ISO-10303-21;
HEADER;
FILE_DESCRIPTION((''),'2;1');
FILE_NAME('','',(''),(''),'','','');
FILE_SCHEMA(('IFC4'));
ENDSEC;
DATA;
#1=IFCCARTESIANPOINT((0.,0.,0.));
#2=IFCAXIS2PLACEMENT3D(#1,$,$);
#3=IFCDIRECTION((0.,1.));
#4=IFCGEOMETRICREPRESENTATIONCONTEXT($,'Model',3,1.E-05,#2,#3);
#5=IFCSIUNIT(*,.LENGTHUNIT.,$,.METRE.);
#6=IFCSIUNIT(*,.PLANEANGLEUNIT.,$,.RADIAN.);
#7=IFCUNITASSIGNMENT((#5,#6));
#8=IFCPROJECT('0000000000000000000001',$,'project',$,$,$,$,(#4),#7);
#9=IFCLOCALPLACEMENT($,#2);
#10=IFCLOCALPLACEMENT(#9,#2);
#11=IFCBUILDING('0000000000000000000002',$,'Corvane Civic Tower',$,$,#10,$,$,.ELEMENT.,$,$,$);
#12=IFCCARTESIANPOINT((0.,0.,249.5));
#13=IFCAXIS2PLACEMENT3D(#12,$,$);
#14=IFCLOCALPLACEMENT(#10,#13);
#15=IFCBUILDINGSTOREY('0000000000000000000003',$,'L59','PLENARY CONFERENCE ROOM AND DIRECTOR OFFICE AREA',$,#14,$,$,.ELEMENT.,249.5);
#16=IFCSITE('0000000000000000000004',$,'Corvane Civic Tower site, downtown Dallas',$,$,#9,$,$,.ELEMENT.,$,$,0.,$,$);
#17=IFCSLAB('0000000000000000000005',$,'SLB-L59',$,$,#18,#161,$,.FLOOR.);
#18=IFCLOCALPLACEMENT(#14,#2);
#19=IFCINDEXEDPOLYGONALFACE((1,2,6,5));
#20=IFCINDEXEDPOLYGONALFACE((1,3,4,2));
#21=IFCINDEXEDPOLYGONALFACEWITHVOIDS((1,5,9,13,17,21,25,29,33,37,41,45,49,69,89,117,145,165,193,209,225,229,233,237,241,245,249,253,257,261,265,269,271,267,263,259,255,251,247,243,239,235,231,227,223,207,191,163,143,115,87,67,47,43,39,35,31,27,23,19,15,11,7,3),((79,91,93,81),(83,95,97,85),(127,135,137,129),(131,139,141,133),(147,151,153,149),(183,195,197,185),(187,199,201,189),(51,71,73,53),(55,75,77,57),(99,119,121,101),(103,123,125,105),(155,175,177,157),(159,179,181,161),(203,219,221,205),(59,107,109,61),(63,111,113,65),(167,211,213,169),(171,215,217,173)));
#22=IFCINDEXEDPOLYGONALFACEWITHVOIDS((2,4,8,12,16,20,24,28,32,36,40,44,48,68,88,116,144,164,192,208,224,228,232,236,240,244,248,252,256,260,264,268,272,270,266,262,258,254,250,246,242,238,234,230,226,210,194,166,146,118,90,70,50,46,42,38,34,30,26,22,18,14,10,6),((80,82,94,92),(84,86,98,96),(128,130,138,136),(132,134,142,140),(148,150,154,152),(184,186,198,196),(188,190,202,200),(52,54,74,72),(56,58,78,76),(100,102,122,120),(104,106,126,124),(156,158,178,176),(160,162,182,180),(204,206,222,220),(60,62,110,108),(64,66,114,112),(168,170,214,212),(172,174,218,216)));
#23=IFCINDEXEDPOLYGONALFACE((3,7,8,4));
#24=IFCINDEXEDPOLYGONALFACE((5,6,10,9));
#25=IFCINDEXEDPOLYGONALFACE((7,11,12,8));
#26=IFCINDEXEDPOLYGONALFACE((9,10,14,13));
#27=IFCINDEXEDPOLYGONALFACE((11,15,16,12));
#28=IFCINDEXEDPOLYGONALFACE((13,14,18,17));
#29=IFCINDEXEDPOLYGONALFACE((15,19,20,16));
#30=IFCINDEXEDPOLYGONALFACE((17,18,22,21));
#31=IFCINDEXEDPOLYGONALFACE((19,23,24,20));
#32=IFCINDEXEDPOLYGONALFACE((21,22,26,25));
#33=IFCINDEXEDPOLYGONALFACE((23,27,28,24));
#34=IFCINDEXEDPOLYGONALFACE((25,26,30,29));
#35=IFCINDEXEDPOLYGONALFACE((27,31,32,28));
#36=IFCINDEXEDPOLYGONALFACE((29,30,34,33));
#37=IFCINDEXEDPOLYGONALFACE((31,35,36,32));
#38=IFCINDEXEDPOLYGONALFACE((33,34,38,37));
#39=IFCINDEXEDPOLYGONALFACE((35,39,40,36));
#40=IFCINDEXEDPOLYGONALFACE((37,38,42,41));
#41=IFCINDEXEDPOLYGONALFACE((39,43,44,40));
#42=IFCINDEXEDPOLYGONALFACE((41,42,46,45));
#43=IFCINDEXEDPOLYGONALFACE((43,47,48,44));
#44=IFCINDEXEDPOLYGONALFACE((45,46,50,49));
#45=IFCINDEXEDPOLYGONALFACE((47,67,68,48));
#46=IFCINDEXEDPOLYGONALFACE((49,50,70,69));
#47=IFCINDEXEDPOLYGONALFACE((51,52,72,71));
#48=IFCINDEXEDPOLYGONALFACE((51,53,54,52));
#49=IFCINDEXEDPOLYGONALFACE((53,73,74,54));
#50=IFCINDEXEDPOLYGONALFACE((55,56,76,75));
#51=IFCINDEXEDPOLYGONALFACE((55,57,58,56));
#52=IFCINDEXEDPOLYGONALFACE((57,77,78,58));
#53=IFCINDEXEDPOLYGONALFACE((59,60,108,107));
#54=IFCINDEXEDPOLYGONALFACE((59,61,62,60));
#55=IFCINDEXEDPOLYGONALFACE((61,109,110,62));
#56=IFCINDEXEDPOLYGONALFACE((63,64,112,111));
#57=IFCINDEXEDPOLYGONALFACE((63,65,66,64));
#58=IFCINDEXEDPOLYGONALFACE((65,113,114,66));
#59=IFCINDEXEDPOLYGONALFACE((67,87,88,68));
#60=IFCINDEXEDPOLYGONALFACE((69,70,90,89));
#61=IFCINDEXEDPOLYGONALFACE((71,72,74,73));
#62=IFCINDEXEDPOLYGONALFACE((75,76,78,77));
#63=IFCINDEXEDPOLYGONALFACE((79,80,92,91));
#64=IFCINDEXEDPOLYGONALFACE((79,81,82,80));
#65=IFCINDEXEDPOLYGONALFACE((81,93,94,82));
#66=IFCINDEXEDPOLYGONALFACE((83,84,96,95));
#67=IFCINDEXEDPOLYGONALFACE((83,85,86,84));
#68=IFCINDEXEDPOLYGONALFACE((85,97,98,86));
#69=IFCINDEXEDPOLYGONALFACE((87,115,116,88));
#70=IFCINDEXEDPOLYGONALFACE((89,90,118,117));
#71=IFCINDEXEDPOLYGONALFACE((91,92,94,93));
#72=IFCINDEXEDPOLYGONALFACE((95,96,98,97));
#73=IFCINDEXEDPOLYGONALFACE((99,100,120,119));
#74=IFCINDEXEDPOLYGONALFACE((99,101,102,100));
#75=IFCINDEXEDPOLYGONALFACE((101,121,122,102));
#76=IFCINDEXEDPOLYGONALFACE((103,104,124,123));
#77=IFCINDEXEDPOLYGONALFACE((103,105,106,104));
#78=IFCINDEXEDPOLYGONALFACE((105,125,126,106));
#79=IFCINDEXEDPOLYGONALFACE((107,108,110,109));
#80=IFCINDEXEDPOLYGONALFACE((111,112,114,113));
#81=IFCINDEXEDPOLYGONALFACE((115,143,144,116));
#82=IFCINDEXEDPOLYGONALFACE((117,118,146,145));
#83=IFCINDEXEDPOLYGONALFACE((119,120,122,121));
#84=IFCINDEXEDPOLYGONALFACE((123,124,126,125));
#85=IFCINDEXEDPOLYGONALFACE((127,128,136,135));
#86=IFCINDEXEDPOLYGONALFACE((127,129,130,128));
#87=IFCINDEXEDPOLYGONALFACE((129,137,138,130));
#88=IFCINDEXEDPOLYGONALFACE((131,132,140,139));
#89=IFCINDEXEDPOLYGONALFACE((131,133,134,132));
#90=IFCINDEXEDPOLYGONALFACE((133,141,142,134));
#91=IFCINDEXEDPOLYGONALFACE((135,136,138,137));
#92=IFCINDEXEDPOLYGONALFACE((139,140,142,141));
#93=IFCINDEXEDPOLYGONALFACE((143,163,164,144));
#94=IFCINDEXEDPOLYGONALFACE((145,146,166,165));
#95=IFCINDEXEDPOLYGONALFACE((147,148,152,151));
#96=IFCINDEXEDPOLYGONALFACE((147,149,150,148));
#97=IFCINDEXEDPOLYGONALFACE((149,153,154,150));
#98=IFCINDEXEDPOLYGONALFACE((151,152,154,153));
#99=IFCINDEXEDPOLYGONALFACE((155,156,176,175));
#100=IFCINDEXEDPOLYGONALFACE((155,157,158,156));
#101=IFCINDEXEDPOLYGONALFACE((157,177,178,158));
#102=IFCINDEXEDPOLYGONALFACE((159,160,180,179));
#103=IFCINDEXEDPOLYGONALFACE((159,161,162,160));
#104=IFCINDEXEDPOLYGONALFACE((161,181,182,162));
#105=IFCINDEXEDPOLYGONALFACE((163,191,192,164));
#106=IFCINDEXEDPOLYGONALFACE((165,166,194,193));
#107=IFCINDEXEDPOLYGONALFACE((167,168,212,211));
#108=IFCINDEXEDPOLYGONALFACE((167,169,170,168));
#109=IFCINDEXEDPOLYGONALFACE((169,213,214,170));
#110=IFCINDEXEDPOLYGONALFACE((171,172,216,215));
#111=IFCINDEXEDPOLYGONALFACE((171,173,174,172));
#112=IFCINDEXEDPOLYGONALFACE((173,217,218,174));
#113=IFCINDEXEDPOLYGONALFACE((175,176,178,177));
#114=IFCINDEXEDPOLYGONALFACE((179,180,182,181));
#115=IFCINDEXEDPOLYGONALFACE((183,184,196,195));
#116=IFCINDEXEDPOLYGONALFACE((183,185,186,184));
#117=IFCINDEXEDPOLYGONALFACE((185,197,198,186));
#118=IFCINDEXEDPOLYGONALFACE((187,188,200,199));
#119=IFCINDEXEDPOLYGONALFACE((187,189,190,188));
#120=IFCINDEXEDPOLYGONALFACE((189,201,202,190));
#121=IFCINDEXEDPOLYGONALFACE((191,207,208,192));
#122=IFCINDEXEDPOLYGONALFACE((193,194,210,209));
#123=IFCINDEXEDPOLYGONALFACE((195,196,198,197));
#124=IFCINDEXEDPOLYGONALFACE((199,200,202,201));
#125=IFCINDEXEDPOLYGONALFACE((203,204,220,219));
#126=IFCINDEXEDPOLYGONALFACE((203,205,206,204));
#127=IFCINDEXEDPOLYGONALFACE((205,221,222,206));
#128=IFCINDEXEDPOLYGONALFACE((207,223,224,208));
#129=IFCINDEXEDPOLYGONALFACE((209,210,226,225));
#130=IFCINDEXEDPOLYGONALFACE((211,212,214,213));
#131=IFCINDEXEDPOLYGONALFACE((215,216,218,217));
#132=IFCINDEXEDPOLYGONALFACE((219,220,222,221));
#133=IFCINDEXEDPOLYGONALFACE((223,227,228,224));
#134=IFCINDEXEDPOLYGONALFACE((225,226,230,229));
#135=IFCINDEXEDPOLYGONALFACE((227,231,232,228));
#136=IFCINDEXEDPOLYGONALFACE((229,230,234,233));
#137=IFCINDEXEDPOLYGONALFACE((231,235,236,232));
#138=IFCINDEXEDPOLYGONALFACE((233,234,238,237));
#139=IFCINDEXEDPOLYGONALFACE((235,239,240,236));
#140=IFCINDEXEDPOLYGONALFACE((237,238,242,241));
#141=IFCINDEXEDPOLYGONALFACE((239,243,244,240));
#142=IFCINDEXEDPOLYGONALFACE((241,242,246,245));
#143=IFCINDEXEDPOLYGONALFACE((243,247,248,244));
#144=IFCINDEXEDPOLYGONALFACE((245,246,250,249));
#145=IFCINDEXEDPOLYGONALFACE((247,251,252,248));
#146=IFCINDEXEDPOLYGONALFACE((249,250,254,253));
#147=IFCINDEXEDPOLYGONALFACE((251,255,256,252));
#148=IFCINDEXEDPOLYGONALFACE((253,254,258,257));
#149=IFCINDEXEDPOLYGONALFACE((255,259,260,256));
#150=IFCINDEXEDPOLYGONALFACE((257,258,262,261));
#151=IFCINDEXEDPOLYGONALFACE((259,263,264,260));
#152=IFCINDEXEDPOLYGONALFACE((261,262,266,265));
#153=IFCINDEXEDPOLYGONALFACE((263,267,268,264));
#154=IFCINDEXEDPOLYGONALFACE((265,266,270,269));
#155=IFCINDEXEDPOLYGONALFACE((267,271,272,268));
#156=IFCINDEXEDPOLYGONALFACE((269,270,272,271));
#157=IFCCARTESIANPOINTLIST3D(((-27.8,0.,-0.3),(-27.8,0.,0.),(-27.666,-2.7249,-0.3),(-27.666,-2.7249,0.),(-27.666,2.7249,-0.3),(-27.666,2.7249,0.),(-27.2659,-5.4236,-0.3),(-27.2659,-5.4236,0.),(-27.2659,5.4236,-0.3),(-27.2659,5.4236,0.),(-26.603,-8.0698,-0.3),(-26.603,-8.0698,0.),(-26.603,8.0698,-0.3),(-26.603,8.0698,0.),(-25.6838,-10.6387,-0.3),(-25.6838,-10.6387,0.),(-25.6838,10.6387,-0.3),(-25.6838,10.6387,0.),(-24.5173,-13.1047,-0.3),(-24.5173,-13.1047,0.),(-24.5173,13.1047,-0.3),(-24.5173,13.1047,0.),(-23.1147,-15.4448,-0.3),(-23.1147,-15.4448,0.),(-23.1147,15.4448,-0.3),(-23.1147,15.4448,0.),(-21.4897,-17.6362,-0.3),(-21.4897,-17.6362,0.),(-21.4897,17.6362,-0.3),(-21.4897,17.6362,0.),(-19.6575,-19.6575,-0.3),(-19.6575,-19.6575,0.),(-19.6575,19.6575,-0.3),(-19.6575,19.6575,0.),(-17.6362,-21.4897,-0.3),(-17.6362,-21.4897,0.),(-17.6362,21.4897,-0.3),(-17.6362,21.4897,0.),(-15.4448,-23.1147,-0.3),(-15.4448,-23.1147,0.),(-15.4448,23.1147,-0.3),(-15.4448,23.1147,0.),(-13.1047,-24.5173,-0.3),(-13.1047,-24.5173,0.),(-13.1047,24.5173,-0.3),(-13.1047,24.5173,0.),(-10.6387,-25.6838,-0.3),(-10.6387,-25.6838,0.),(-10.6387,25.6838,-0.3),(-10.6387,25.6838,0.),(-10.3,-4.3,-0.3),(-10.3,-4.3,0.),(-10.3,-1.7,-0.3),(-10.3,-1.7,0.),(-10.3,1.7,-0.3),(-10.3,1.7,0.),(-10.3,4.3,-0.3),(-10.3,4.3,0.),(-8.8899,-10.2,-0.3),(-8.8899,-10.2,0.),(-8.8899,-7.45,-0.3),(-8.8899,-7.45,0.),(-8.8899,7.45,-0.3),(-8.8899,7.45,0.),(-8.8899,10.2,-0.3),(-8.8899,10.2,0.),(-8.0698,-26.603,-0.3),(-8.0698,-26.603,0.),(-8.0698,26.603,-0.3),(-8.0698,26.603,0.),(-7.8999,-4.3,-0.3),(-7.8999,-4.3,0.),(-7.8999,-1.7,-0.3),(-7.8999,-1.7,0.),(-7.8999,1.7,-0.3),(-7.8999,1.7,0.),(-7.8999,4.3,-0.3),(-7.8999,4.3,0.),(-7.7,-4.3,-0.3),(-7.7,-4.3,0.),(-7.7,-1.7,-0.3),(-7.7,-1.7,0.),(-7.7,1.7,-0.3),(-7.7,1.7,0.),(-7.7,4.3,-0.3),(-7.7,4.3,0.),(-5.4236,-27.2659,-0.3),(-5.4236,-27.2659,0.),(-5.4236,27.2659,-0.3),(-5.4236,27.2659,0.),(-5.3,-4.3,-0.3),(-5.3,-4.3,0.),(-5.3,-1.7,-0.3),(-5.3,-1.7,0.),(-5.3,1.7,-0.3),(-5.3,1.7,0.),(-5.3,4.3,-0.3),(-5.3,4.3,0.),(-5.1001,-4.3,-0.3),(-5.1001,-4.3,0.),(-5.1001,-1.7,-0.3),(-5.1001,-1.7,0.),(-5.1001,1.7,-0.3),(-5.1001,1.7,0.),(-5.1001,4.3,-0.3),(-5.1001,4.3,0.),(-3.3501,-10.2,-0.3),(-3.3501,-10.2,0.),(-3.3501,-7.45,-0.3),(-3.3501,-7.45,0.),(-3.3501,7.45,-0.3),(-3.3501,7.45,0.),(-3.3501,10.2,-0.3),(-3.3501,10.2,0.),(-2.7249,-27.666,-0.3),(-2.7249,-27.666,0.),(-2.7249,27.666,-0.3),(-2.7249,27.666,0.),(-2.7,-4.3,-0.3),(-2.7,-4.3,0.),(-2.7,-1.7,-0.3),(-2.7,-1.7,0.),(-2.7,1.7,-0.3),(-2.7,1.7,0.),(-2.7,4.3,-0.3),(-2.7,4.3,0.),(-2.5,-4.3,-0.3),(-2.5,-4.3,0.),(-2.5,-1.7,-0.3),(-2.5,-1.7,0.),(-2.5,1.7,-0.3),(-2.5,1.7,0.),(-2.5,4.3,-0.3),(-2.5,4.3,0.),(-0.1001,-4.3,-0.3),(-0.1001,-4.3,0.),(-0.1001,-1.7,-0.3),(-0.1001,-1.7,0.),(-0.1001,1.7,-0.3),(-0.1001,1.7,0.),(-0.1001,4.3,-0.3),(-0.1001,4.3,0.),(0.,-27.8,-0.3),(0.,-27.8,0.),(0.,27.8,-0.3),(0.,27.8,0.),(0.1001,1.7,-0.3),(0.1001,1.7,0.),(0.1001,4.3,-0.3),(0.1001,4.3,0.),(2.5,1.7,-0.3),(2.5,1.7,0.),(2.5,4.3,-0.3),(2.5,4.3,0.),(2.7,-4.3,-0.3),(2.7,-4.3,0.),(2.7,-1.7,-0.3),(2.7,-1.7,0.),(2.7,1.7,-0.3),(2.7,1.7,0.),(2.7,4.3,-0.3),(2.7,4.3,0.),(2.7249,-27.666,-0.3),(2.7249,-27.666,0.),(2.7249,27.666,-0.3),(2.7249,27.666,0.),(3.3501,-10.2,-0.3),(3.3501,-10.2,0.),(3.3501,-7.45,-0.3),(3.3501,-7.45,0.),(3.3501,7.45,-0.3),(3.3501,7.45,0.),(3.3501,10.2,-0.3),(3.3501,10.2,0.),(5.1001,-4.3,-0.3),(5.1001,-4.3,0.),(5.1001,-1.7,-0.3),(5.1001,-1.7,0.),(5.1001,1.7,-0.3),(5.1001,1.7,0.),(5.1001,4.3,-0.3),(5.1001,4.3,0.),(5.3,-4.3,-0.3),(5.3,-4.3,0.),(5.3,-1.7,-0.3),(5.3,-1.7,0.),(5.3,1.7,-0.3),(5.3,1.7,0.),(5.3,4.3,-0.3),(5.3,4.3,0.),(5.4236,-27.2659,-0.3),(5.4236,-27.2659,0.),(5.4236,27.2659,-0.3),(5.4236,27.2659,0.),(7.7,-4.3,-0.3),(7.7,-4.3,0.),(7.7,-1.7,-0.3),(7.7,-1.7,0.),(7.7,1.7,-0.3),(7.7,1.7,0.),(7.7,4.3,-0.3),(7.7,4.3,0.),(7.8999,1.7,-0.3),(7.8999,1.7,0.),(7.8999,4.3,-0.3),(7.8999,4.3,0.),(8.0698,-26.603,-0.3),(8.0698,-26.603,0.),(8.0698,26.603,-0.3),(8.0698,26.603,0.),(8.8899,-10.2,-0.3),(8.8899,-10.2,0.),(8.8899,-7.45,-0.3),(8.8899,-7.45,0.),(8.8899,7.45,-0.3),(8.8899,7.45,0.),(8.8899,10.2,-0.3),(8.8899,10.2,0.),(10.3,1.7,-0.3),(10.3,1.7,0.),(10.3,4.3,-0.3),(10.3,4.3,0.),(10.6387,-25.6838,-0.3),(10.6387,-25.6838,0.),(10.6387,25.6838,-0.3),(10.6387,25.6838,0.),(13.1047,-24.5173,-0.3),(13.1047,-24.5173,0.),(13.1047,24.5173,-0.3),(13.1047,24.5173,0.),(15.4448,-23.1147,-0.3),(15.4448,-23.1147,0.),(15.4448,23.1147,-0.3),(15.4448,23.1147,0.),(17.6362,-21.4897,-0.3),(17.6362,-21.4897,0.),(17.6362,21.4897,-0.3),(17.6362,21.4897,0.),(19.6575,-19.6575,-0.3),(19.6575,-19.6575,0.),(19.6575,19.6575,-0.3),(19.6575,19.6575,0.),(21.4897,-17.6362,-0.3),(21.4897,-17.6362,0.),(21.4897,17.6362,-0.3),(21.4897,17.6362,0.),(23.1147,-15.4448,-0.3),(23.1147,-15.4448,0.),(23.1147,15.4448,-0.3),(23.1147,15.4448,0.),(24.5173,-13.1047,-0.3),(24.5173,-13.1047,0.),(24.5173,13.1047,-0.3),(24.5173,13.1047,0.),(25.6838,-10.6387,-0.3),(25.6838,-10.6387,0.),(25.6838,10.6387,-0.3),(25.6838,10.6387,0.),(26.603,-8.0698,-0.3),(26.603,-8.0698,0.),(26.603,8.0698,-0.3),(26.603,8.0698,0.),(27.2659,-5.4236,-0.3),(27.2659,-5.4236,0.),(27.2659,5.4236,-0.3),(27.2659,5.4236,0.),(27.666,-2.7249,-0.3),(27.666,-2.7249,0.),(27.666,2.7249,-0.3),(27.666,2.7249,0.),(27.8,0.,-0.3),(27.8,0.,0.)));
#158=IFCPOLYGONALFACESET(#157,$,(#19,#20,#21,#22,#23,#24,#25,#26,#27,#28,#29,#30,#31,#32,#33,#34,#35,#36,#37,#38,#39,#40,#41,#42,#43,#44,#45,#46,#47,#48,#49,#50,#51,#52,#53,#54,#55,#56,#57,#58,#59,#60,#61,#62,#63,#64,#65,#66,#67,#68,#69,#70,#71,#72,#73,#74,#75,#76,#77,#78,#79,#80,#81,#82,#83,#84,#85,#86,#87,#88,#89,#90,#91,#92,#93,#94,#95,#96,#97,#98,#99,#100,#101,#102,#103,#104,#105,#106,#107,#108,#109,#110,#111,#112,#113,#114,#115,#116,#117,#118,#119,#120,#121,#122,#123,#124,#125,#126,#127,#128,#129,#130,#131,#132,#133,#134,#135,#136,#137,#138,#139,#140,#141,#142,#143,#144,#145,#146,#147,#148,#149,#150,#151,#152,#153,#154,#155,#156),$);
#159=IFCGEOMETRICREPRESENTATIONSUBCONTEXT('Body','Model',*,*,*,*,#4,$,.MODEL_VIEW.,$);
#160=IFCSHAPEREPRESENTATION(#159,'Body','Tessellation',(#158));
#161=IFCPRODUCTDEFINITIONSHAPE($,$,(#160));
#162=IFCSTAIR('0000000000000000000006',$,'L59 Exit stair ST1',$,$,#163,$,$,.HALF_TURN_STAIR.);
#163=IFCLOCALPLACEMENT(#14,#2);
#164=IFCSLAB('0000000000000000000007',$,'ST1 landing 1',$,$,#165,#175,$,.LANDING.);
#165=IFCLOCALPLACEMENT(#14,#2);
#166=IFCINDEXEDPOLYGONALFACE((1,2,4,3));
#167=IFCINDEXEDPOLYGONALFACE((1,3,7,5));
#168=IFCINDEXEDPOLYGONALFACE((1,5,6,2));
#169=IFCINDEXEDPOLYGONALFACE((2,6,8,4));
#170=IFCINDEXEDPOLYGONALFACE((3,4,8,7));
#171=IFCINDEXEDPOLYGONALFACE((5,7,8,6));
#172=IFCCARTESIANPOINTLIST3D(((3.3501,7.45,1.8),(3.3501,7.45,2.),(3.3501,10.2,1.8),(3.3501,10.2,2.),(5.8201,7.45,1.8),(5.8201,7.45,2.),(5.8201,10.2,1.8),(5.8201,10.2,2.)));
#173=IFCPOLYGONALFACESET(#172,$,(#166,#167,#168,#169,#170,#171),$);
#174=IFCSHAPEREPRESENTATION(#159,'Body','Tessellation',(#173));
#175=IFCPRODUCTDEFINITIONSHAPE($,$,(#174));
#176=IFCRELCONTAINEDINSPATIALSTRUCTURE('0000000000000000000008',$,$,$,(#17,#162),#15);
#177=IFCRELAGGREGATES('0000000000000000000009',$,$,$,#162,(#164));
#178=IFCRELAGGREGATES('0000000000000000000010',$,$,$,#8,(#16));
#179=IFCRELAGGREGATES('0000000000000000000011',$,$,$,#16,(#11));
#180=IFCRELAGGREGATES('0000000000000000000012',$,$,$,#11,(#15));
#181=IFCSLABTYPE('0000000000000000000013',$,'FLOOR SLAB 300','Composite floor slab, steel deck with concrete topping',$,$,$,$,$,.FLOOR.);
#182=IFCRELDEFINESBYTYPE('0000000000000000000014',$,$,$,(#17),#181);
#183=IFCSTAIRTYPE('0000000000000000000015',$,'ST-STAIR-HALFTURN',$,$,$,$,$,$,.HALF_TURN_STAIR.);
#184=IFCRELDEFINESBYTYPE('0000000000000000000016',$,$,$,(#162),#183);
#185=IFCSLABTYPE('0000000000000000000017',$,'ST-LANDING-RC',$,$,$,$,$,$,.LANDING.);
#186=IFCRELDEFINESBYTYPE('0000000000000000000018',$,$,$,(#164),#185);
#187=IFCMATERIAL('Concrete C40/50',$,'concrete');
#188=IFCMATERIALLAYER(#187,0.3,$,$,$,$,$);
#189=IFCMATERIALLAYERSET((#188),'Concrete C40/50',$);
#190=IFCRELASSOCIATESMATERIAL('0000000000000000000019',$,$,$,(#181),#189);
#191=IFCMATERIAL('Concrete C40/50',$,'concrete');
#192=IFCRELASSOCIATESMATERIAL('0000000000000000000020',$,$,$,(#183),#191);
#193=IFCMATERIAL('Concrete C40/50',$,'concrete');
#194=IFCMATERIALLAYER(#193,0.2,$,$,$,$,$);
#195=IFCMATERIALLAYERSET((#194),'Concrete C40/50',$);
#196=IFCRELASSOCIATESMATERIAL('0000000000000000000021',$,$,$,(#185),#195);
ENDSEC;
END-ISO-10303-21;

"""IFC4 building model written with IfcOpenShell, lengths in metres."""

from ifc_helpers import new_model, si_unit, direction, frame, origin, place, context, subcontext, project, spatial, polyline, outline, extrude, material, layer, layer_set, type_object, element, aggregate, save


model = new_model("IFC4")

# Units and contexts
model_context = context("Model", 3, precision=1e-05, world=origin(), true_north=direction((0.0, 1.0)))
body_context = subcontext(model_context, "Body", "Model", "MODEL_VIEW")
ifc_project = project(units=[si_unit("LENGTHUNIT", "METRE"), si_unit("PLANEANGLEUNIT", "RADIAN")], contexts=[model_context])

# Site, building, storey
site_placement = place(None, origin())
site = spatial("IfcSite", under=ifc_project, at=site_placement, Name="Corvane Civic Tower site, downtown Dallas", CompositionType="ELEMENT", RefElevation=0.0)
building_placement = place(site_placement, origin())
building = spatial("IfcBuilding", under=site, at=building_placement, Name="Corvane Civic Tower", CompositionType="ELEMENT")
storey_placement = place(building_placement, frame((0.0, 0.0, 249.5)))
storey = spatial("IfcBuildingStorey", under=building, at=storey_placement, Name="L59", Description="PLENARY CONFERENCE ROOM AND DIRECTOR OFFICE AREA", CompositionType="ELEMENT", Elevation=249.5)

# Slab
ifc_material_1 = material(Name="Concrete C40/50", Category="concrete")
ifc_layer_1 = layer(ifc_material_1, 0.3)
ifc_layer_set_1 = layer_set([ifc_layer_1], Name="Concrete C40/50")
slab_type_1 = type_object("IfcSlabType", Name="FLOOR SLAB 300", Description="Composite floor slab, steel deck with concrete topping", PredefinedType="FLOOR", material=ifc_layer_set_1)
slab_1_placement = place(storey_placement, frame((0.0, 0.0, -0.3)))
element("IfcSlab", 1, at=slab_1_placement, inside=storey, type_object=slab_type_1, Name="SLB-L59", PredefinedType="FLOOR", context=body_context, shape_type="SweptSolid", body=[
    extrude(outline(polyline([(0.0, 27.8), (-2.7249, 27.666), (-5.4236, 27.2659), (-8.0698, 26.603), (-10.6387, 25.6838), (-13.1047, 24.5173), (-15.4448, 23.1147), (-17.6362, 21.4897), (-19.6575, 19.6575), (-21.4897, 17.6362), (-23.1147, 15.4448), (-24.5173, 13.1047), (-25.6838, 10.6387), (-26.603, 8.0698), (-27.2659, 5.4236), (-27.666, 2.7249), (-27.8, 0.0), (-27.666, -2.7249), (-27.2659, -5.4236), (-26.603, -8.0698), (-25.6838, -10.6387), (-24.5173, -13.1047), (-23.1147, -15.4448), (-21.4897, -17.6362), (-19.6575, -19.6575), (-17.6362, -21.4897), (-15.4448, -23.1147), (-13.1047, -24.5173), (-10.6387, -25.6838), (-8.0698, -26.603), (-5.4236, -27.2659), (-2.7249, -27.666), (0.0, -27.8), (2.7249, -27.666), (5.4236, -27.2659), (8.0698, -26.603), (10.6387, -25.6838), (13.1047, -24.5173), (15.4448, -23.1147), (17.6362, -21.4897), (19.6575, -19.6575), (21.4897, -17.6362), (23.1147, -15.4448), (24.5173, -13.1047), (25.6838, -10.6387), (26.603, -8.0698), (27.2659, -5.4236), (27.666, -2.7249), (27.8, 0.0), (27.666, 2.7249), (27.2659, 5.4236), (26.603, 8.0698), (25.6838, 10.6387), (24.5173, 13.1047), (23.1147, 15.4448), (21.4897, 17.6362), (19.6575, 19.6575), (17.6362, 21.4897), (15.4448, 23.1147), (13.1047, 24.5173), (10.6387, 25.6838), (8.0698, 26.603), (5.4236, 27.2659), (2.7249, 27.666), (0.0, 27.8)]), holes=[polyline([(-10.3, 4.3), (-7.8999, 4.3), (-7.8999, 1.7), (-10.3, 1.7), (-10.3, 4.3)]), polyline([(-5.3, 1.7), (-7.7, 1.7), (-7.7, 4.3), (-5.3, 4.3), (-5.3, 1.7)]), polyline([(-5.1001, 4.3), (-2.7, 4.3), (-2.7, 1.7), (-5.1001, 1.7), (-5.1001, 4.3)]), polyline([(-2.5, 4.3), (-0.1001, 4.3), (-0.1001, 1.7), (-2.5, 1.7), (-2.5, 4.3)]), polyline([(0.1001, 4.3), (2.5, 4.3), (2.5, 1.7), (0.1001, 1.7), (0.1001, 4.3)]), polyline([(2.7, 4.3), (5.1001, 4.3), (5.1001, 1.7), (2.7, 1.7), (2.7, 4.3)]), polyline([(5.3, 4.3), (7.7, 4.3), (7.7, 1.7), (5.3, 1.7), (5.3, 4.3)]), polyline([(7.8999, 4.3), (10.3, 4.3), (10.3, 1.7), (7.8999, 1.7), (7.8999, 4.3)]), polyline([(-10.3, -4.3), (-10.3, -1.7), (-7.8999, -1.7), (-7.8999, -4.3), (-10.3, -4.3)]), polyline([(-5.3, -1.7), (-5.3, -4.3), (-7.7, -4.3), (-7.7, -1.7), (-5.3, -1.7)]), polyline([(-5.1001, -4.3), (-5.1001, -1.7), (-2.7, -1.7), (-2.7, -4.3), (-5.1001, -4.3)]), polyline([(-0.1001, -1.7), (-0.1001, -4.3), (-2.5, -4.3), (-2.5, -1.7), (-0.1001, -1.7)]), polyline([(5.1001, -1.7), (5.1001, -4.3), (2.7, -4.3), (2.7, -1.7), (5.1001, -1.7)]), polyline([(7.7, -1.7), (7.7, -4.3), (5.3, -4.3), (5.3, -1.7), (7.7, -1.7)]), polyline([(8.8899, 10.2), (8.8899, 7.45), (3.3501, 7.45), (3.3501, 10.2), (8.8899, 10.2)]), polyline([(-8.8899, 7.45), (-8.8899, 10.2), (-3.3501, 10.2), (-3.3501, 7.45), (-8.8899, 7.45)]), polyline([(8.8899, -7.45), (8.8899, -10.2), (3.3501, -10.2), (3.3501, -7.45), (8.8899, -7.45)]), polyline([(-8.8899, -10.2), (-8.8899, -7.45), (-3.3501, -7.45), (-3.3501, -10.2), (-8.8899, -10.2)])]), origin(), (0.0, 0.0, 1.0), 0.3),
])

# Stair, slab
ifc_material_2 = material(Name="Concrete C40/50", Category="concrete")
stair_type = type_object("IfcStairType", Name="ST-STAIR-HALFTURN", PredefinedType="HALF_TURN_STAIR", material=ifc_material_2)
stair_1_placement = place(storey_placement, origin())
stair_1 = element("IfcStair", 2, at=stair_1_placement, inside=storey, type_object=stair_type, Name="L59 Exit stair ST1", PredefinedType="HALF_TURN_STAIR")
ifc_material_3 = material(Name="Concrete C40/50", Category="concrete")
ifc_layer_2 = layer(ifc_material_3, 0.2)
ifc_layer_set_2 = layer_set([ifc_layer_2], Name="Concrete C40/50")
slab_type_2 = type_object("IfcSlabType", Name="ST-LANDING-RC", PredefinedType="LANDING", material=ifc_layer_set_2)
slab_2_placement = place(storey_placement, frame((0.0, 0.0, 1.8)))
slab_2 = element("IfcSlab", 3, at=slab_2_placement, type_object=slab_type_2, Name="ST1 landing 1", PredefinedType="LANDING", context=body_context, shape_type="SweptSolid", body=[
    extrude(outline(polyline([(5.8201, 10.2), (3.3501, 10.2), (3.3501, 7.45), (5.8201, 7.45), (5.8201, 10.2)])), origin(), (0.0, 0.0, 1.0), 0.2),
])
aggregate(stair_1, [slab_2])

save(model, "model.ifc")
